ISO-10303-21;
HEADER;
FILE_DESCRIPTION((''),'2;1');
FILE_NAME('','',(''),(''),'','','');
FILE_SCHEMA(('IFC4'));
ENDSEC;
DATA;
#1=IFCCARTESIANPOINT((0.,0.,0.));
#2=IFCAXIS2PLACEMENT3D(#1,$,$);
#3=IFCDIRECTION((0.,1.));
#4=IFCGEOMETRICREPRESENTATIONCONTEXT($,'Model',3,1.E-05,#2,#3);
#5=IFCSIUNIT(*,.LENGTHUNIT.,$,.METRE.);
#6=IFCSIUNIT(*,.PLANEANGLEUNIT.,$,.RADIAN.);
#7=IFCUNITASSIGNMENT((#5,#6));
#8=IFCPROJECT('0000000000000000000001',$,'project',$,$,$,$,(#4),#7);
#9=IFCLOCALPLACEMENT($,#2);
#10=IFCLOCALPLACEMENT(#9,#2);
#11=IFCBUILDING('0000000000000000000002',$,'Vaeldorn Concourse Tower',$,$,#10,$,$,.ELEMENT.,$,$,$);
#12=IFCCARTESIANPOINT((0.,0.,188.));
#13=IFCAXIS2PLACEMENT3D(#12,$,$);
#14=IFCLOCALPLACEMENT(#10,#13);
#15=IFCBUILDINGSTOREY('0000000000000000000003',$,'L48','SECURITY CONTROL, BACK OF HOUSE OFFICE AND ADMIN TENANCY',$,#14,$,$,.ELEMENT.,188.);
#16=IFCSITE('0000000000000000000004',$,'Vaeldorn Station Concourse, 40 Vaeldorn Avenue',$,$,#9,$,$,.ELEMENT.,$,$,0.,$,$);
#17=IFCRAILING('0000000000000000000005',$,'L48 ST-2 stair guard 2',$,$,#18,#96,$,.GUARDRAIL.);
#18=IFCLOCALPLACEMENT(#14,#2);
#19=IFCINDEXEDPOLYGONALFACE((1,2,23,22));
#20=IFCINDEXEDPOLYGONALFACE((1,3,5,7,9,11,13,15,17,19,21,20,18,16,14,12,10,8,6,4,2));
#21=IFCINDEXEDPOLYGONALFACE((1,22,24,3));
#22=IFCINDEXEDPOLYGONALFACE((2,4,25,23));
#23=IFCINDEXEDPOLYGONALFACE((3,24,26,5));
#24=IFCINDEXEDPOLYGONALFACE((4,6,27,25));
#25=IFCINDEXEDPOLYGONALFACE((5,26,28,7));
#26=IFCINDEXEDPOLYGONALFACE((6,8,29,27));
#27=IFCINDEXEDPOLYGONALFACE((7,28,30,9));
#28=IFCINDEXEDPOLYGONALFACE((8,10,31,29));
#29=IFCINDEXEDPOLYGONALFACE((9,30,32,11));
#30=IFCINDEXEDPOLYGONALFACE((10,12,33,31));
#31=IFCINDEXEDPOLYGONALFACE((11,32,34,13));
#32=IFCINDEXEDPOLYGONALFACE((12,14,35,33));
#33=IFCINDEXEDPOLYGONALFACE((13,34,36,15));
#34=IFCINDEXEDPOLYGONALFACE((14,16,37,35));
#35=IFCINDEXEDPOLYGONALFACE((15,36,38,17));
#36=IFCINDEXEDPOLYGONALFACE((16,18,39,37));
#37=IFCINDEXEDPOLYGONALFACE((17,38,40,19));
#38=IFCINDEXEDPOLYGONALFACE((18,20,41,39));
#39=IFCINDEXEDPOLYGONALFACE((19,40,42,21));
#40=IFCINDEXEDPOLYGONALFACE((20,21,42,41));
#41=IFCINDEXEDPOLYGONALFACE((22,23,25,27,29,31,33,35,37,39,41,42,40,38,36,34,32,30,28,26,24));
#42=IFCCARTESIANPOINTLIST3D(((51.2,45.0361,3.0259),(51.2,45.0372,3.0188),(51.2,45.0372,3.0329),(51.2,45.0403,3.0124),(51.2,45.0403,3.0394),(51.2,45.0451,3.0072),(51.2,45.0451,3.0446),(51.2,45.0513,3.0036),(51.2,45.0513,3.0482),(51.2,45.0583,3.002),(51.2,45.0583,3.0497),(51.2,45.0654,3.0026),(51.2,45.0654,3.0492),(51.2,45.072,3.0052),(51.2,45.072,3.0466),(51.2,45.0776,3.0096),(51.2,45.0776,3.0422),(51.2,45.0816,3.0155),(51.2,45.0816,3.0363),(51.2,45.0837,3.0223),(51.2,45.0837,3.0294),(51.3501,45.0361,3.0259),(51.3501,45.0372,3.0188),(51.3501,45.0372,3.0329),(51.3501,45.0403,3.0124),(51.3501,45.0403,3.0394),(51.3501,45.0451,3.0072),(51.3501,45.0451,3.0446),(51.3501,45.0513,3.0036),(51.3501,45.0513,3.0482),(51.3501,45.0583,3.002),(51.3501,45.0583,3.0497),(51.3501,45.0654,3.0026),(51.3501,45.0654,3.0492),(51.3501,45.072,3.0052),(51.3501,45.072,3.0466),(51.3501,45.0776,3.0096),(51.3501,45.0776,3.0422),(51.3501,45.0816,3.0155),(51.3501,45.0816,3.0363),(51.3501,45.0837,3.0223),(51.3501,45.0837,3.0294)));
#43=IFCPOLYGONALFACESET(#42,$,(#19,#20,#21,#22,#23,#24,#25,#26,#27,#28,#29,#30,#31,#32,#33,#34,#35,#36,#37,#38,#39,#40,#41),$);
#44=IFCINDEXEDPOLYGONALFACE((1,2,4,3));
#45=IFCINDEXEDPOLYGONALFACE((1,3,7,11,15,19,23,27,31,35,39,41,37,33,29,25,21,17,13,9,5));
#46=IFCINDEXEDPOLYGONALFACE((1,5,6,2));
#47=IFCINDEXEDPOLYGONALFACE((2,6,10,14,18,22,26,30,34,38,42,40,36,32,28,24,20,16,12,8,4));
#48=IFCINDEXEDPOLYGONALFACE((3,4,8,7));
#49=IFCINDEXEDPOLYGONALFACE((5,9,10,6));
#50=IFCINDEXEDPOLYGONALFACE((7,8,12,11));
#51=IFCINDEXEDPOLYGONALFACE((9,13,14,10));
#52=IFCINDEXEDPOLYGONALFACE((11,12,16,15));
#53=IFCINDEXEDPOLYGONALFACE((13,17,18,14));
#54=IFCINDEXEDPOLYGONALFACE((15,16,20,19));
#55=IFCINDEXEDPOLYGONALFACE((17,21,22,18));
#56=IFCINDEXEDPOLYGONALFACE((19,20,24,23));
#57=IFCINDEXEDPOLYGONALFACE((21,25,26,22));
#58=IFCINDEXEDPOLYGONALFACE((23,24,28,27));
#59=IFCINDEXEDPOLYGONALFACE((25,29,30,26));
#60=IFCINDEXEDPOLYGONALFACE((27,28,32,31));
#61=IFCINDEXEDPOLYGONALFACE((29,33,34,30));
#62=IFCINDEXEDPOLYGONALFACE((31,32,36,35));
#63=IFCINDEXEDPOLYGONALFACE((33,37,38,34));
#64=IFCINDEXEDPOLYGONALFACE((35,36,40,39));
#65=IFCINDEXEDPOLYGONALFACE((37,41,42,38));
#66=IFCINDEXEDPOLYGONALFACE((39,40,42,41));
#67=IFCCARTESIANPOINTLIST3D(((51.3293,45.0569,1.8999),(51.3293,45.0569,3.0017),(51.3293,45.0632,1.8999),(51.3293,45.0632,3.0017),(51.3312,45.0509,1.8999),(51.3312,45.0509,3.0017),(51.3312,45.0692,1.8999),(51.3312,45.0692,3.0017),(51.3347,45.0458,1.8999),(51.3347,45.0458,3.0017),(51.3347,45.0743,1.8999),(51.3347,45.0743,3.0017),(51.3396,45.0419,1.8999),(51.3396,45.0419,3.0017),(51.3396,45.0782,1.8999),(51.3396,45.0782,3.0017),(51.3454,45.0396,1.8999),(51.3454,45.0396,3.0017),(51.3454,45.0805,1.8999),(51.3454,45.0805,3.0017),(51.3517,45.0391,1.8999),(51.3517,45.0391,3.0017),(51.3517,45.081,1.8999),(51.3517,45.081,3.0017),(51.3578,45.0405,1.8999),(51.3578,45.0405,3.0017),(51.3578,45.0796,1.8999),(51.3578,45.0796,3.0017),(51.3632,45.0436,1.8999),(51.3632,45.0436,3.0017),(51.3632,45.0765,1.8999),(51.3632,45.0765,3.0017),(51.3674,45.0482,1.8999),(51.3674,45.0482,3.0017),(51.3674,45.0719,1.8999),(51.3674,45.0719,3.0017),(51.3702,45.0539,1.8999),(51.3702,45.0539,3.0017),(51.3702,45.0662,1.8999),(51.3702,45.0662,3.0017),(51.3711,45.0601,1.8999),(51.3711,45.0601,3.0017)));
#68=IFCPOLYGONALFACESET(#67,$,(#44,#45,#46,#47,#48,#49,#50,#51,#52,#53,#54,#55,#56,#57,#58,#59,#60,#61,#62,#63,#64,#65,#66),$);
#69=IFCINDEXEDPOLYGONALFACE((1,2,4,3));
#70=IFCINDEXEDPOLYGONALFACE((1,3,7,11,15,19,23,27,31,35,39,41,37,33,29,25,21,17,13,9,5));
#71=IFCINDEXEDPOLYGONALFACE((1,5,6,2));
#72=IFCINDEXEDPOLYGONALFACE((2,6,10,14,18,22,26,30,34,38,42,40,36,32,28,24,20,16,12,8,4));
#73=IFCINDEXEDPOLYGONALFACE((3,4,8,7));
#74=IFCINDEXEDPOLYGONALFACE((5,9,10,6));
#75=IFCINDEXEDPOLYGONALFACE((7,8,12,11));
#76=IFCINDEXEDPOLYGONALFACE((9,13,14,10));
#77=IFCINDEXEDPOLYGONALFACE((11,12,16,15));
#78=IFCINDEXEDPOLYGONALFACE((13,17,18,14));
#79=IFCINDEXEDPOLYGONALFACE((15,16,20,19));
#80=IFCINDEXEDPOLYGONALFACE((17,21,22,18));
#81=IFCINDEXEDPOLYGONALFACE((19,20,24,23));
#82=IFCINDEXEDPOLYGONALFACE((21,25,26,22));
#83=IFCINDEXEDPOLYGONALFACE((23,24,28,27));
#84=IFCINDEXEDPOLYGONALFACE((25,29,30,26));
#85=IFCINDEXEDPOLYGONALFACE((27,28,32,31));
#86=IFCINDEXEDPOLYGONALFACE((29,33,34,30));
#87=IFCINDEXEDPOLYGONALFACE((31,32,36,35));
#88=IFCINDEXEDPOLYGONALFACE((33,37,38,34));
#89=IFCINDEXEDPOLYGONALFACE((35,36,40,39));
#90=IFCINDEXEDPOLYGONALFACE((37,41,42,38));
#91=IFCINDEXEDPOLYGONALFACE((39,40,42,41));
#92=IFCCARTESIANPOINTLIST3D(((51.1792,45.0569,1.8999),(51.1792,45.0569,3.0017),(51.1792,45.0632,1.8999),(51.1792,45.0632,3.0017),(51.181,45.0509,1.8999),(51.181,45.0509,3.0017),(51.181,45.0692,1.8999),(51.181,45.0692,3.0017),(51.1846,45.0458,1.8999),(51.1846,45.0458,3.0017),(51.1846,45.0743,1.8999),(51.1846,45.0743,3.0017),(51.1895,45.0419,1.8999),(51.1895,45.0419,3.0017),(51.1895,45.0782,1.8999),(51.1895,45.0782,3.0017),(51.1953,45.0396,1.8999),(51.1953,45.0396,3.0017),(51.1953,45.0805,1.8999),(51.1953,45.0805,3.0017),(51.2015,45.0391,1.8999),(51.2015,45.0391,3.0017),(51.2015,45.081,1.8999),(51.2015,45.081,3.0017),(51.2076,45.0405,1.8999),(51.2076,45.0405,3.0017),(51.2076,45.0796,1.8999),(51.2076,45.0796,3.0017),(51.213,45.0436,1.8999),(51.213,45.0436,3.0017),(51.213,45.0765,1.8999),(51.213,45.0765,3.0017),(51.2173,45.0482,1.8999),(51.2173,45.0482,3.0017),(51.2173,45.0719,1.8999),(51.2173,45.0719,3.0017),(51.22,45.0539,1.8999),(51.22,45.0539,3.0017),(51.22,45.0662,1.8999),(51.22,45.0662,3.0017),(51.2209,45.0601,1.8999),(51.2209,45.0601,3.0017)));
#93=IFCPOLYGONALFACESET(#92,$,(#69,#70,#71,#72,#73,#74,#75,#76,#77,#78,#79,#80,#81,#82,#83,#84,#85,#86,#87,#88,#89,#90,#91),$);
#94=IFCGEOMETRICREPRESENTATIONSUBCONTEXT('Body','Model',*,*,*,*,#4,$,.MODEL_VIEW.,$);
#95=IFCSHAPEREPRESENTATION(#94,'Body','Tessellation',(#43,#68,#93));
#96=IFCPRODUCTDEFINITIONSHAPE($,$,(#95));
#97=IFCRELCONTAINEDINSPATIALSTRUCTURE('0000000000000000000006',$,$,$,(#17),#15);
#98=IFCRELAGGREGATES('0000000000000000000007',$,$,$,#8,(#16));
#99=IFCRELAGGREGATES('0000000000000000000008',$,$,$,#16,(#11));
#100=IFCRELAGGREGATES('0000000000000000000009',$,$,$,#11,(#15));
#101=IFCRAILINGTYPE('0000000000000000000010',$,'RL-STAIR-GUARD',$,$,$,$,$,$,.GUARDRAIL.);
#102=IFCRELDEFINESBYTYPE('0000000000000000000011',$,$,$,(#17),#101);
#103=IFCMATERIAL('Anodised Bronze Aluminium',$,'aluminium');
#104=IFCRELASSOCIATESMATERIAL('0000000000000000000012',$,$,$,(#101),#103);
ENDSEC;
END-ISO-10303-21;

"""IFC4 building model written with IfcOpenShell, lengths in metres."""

from ifc_helpers import new_model, si_unit, direction, frame, origin, origin_2d, place, context, subcontext, project, spatial, circle, extrude, material, type_object, element, save


model = new_model("IFC4")

# Units and contexts
model_context = context("Model", 3, precision=1e-05, world=origin(), true_north=direction((0.0, 1.0)))
body_context = subcontext(model_context, "Body", "Model", "MODEL_VIEW")
ifc_project = project(units=[si_unit("LENGTHUNIT", "METRE"), si_unit("PLANEANGLEUNIT", "RADIAN")], contexts=[model_context])

# Site, building, storey
site_placement = place(None, origin())
site = spatial("IfcSite", under=ifc_project, at=site_placement, Name="Vaeldorn Station Concourse, 40 Vaeldorn Avenue", CompositionType="ELEMENT", RefElevation=0.0)
building_placement = place(site_placement, origin())
building = spatial("IfcBuilding", under=site, at=building_placement, Name="Vaeldorn Concourse Tower", CompositionType="ELEMENT")
storey_placement = place(building_placement, frame((0.0, 0.0, 188.0)))
storey = spatial("IfcBuildingStorey", under=building, at=storey_placement, Name="L48", Description="SECURITY CONTROL, BACK OF HOUSE OFFICE AND ADMIN TENANCY", CompositionType="ELEMENT", Elevation=188.0)

# Shared definitions
ifc_material_1 = material(Name="Anodised Bronze Aluminium", Category="aluminium")

# Railing
railing_type_1 = type_object("IfcRailingType", Name="RL-STAIR-GUARD", PredefinedType="GUARDRAIL", material=ifc_material_1)
railing_1_placement = place(storey_placement, frame((51.3501, 45.0601, 1.8999)))
element("IfcRailing", 1, at=railing_1_placement, inside=storey, type_object=railing_type_1, Name="L48 ST-2 stair guard 2", PredefinedType="GUARDRAIL", context=body_context, shape_type="SweptSolid", body=[
    extrude(circle(Radius=0.0239, at=origin_2d()), frame((0.0, 0.0, 1.126), z_axis=(-1.0, 0.0, 0.0), x_axis=(0.0, -1.0, 0.0)), (0.0, 0.0, 1.0), 0.1501),
    extrude(circle(Radius=0.021, at=origin_2d()), origin(), (0.0, 0.0, 1.0), 1.1018),
    extrude(circle(Radius=0.021, at=origin_2d()), frame((-0.1501, 0.0, 0.0)), (0.0, 0.0, 1.0), 1.1018),
])

save(model, "model.ifc")
